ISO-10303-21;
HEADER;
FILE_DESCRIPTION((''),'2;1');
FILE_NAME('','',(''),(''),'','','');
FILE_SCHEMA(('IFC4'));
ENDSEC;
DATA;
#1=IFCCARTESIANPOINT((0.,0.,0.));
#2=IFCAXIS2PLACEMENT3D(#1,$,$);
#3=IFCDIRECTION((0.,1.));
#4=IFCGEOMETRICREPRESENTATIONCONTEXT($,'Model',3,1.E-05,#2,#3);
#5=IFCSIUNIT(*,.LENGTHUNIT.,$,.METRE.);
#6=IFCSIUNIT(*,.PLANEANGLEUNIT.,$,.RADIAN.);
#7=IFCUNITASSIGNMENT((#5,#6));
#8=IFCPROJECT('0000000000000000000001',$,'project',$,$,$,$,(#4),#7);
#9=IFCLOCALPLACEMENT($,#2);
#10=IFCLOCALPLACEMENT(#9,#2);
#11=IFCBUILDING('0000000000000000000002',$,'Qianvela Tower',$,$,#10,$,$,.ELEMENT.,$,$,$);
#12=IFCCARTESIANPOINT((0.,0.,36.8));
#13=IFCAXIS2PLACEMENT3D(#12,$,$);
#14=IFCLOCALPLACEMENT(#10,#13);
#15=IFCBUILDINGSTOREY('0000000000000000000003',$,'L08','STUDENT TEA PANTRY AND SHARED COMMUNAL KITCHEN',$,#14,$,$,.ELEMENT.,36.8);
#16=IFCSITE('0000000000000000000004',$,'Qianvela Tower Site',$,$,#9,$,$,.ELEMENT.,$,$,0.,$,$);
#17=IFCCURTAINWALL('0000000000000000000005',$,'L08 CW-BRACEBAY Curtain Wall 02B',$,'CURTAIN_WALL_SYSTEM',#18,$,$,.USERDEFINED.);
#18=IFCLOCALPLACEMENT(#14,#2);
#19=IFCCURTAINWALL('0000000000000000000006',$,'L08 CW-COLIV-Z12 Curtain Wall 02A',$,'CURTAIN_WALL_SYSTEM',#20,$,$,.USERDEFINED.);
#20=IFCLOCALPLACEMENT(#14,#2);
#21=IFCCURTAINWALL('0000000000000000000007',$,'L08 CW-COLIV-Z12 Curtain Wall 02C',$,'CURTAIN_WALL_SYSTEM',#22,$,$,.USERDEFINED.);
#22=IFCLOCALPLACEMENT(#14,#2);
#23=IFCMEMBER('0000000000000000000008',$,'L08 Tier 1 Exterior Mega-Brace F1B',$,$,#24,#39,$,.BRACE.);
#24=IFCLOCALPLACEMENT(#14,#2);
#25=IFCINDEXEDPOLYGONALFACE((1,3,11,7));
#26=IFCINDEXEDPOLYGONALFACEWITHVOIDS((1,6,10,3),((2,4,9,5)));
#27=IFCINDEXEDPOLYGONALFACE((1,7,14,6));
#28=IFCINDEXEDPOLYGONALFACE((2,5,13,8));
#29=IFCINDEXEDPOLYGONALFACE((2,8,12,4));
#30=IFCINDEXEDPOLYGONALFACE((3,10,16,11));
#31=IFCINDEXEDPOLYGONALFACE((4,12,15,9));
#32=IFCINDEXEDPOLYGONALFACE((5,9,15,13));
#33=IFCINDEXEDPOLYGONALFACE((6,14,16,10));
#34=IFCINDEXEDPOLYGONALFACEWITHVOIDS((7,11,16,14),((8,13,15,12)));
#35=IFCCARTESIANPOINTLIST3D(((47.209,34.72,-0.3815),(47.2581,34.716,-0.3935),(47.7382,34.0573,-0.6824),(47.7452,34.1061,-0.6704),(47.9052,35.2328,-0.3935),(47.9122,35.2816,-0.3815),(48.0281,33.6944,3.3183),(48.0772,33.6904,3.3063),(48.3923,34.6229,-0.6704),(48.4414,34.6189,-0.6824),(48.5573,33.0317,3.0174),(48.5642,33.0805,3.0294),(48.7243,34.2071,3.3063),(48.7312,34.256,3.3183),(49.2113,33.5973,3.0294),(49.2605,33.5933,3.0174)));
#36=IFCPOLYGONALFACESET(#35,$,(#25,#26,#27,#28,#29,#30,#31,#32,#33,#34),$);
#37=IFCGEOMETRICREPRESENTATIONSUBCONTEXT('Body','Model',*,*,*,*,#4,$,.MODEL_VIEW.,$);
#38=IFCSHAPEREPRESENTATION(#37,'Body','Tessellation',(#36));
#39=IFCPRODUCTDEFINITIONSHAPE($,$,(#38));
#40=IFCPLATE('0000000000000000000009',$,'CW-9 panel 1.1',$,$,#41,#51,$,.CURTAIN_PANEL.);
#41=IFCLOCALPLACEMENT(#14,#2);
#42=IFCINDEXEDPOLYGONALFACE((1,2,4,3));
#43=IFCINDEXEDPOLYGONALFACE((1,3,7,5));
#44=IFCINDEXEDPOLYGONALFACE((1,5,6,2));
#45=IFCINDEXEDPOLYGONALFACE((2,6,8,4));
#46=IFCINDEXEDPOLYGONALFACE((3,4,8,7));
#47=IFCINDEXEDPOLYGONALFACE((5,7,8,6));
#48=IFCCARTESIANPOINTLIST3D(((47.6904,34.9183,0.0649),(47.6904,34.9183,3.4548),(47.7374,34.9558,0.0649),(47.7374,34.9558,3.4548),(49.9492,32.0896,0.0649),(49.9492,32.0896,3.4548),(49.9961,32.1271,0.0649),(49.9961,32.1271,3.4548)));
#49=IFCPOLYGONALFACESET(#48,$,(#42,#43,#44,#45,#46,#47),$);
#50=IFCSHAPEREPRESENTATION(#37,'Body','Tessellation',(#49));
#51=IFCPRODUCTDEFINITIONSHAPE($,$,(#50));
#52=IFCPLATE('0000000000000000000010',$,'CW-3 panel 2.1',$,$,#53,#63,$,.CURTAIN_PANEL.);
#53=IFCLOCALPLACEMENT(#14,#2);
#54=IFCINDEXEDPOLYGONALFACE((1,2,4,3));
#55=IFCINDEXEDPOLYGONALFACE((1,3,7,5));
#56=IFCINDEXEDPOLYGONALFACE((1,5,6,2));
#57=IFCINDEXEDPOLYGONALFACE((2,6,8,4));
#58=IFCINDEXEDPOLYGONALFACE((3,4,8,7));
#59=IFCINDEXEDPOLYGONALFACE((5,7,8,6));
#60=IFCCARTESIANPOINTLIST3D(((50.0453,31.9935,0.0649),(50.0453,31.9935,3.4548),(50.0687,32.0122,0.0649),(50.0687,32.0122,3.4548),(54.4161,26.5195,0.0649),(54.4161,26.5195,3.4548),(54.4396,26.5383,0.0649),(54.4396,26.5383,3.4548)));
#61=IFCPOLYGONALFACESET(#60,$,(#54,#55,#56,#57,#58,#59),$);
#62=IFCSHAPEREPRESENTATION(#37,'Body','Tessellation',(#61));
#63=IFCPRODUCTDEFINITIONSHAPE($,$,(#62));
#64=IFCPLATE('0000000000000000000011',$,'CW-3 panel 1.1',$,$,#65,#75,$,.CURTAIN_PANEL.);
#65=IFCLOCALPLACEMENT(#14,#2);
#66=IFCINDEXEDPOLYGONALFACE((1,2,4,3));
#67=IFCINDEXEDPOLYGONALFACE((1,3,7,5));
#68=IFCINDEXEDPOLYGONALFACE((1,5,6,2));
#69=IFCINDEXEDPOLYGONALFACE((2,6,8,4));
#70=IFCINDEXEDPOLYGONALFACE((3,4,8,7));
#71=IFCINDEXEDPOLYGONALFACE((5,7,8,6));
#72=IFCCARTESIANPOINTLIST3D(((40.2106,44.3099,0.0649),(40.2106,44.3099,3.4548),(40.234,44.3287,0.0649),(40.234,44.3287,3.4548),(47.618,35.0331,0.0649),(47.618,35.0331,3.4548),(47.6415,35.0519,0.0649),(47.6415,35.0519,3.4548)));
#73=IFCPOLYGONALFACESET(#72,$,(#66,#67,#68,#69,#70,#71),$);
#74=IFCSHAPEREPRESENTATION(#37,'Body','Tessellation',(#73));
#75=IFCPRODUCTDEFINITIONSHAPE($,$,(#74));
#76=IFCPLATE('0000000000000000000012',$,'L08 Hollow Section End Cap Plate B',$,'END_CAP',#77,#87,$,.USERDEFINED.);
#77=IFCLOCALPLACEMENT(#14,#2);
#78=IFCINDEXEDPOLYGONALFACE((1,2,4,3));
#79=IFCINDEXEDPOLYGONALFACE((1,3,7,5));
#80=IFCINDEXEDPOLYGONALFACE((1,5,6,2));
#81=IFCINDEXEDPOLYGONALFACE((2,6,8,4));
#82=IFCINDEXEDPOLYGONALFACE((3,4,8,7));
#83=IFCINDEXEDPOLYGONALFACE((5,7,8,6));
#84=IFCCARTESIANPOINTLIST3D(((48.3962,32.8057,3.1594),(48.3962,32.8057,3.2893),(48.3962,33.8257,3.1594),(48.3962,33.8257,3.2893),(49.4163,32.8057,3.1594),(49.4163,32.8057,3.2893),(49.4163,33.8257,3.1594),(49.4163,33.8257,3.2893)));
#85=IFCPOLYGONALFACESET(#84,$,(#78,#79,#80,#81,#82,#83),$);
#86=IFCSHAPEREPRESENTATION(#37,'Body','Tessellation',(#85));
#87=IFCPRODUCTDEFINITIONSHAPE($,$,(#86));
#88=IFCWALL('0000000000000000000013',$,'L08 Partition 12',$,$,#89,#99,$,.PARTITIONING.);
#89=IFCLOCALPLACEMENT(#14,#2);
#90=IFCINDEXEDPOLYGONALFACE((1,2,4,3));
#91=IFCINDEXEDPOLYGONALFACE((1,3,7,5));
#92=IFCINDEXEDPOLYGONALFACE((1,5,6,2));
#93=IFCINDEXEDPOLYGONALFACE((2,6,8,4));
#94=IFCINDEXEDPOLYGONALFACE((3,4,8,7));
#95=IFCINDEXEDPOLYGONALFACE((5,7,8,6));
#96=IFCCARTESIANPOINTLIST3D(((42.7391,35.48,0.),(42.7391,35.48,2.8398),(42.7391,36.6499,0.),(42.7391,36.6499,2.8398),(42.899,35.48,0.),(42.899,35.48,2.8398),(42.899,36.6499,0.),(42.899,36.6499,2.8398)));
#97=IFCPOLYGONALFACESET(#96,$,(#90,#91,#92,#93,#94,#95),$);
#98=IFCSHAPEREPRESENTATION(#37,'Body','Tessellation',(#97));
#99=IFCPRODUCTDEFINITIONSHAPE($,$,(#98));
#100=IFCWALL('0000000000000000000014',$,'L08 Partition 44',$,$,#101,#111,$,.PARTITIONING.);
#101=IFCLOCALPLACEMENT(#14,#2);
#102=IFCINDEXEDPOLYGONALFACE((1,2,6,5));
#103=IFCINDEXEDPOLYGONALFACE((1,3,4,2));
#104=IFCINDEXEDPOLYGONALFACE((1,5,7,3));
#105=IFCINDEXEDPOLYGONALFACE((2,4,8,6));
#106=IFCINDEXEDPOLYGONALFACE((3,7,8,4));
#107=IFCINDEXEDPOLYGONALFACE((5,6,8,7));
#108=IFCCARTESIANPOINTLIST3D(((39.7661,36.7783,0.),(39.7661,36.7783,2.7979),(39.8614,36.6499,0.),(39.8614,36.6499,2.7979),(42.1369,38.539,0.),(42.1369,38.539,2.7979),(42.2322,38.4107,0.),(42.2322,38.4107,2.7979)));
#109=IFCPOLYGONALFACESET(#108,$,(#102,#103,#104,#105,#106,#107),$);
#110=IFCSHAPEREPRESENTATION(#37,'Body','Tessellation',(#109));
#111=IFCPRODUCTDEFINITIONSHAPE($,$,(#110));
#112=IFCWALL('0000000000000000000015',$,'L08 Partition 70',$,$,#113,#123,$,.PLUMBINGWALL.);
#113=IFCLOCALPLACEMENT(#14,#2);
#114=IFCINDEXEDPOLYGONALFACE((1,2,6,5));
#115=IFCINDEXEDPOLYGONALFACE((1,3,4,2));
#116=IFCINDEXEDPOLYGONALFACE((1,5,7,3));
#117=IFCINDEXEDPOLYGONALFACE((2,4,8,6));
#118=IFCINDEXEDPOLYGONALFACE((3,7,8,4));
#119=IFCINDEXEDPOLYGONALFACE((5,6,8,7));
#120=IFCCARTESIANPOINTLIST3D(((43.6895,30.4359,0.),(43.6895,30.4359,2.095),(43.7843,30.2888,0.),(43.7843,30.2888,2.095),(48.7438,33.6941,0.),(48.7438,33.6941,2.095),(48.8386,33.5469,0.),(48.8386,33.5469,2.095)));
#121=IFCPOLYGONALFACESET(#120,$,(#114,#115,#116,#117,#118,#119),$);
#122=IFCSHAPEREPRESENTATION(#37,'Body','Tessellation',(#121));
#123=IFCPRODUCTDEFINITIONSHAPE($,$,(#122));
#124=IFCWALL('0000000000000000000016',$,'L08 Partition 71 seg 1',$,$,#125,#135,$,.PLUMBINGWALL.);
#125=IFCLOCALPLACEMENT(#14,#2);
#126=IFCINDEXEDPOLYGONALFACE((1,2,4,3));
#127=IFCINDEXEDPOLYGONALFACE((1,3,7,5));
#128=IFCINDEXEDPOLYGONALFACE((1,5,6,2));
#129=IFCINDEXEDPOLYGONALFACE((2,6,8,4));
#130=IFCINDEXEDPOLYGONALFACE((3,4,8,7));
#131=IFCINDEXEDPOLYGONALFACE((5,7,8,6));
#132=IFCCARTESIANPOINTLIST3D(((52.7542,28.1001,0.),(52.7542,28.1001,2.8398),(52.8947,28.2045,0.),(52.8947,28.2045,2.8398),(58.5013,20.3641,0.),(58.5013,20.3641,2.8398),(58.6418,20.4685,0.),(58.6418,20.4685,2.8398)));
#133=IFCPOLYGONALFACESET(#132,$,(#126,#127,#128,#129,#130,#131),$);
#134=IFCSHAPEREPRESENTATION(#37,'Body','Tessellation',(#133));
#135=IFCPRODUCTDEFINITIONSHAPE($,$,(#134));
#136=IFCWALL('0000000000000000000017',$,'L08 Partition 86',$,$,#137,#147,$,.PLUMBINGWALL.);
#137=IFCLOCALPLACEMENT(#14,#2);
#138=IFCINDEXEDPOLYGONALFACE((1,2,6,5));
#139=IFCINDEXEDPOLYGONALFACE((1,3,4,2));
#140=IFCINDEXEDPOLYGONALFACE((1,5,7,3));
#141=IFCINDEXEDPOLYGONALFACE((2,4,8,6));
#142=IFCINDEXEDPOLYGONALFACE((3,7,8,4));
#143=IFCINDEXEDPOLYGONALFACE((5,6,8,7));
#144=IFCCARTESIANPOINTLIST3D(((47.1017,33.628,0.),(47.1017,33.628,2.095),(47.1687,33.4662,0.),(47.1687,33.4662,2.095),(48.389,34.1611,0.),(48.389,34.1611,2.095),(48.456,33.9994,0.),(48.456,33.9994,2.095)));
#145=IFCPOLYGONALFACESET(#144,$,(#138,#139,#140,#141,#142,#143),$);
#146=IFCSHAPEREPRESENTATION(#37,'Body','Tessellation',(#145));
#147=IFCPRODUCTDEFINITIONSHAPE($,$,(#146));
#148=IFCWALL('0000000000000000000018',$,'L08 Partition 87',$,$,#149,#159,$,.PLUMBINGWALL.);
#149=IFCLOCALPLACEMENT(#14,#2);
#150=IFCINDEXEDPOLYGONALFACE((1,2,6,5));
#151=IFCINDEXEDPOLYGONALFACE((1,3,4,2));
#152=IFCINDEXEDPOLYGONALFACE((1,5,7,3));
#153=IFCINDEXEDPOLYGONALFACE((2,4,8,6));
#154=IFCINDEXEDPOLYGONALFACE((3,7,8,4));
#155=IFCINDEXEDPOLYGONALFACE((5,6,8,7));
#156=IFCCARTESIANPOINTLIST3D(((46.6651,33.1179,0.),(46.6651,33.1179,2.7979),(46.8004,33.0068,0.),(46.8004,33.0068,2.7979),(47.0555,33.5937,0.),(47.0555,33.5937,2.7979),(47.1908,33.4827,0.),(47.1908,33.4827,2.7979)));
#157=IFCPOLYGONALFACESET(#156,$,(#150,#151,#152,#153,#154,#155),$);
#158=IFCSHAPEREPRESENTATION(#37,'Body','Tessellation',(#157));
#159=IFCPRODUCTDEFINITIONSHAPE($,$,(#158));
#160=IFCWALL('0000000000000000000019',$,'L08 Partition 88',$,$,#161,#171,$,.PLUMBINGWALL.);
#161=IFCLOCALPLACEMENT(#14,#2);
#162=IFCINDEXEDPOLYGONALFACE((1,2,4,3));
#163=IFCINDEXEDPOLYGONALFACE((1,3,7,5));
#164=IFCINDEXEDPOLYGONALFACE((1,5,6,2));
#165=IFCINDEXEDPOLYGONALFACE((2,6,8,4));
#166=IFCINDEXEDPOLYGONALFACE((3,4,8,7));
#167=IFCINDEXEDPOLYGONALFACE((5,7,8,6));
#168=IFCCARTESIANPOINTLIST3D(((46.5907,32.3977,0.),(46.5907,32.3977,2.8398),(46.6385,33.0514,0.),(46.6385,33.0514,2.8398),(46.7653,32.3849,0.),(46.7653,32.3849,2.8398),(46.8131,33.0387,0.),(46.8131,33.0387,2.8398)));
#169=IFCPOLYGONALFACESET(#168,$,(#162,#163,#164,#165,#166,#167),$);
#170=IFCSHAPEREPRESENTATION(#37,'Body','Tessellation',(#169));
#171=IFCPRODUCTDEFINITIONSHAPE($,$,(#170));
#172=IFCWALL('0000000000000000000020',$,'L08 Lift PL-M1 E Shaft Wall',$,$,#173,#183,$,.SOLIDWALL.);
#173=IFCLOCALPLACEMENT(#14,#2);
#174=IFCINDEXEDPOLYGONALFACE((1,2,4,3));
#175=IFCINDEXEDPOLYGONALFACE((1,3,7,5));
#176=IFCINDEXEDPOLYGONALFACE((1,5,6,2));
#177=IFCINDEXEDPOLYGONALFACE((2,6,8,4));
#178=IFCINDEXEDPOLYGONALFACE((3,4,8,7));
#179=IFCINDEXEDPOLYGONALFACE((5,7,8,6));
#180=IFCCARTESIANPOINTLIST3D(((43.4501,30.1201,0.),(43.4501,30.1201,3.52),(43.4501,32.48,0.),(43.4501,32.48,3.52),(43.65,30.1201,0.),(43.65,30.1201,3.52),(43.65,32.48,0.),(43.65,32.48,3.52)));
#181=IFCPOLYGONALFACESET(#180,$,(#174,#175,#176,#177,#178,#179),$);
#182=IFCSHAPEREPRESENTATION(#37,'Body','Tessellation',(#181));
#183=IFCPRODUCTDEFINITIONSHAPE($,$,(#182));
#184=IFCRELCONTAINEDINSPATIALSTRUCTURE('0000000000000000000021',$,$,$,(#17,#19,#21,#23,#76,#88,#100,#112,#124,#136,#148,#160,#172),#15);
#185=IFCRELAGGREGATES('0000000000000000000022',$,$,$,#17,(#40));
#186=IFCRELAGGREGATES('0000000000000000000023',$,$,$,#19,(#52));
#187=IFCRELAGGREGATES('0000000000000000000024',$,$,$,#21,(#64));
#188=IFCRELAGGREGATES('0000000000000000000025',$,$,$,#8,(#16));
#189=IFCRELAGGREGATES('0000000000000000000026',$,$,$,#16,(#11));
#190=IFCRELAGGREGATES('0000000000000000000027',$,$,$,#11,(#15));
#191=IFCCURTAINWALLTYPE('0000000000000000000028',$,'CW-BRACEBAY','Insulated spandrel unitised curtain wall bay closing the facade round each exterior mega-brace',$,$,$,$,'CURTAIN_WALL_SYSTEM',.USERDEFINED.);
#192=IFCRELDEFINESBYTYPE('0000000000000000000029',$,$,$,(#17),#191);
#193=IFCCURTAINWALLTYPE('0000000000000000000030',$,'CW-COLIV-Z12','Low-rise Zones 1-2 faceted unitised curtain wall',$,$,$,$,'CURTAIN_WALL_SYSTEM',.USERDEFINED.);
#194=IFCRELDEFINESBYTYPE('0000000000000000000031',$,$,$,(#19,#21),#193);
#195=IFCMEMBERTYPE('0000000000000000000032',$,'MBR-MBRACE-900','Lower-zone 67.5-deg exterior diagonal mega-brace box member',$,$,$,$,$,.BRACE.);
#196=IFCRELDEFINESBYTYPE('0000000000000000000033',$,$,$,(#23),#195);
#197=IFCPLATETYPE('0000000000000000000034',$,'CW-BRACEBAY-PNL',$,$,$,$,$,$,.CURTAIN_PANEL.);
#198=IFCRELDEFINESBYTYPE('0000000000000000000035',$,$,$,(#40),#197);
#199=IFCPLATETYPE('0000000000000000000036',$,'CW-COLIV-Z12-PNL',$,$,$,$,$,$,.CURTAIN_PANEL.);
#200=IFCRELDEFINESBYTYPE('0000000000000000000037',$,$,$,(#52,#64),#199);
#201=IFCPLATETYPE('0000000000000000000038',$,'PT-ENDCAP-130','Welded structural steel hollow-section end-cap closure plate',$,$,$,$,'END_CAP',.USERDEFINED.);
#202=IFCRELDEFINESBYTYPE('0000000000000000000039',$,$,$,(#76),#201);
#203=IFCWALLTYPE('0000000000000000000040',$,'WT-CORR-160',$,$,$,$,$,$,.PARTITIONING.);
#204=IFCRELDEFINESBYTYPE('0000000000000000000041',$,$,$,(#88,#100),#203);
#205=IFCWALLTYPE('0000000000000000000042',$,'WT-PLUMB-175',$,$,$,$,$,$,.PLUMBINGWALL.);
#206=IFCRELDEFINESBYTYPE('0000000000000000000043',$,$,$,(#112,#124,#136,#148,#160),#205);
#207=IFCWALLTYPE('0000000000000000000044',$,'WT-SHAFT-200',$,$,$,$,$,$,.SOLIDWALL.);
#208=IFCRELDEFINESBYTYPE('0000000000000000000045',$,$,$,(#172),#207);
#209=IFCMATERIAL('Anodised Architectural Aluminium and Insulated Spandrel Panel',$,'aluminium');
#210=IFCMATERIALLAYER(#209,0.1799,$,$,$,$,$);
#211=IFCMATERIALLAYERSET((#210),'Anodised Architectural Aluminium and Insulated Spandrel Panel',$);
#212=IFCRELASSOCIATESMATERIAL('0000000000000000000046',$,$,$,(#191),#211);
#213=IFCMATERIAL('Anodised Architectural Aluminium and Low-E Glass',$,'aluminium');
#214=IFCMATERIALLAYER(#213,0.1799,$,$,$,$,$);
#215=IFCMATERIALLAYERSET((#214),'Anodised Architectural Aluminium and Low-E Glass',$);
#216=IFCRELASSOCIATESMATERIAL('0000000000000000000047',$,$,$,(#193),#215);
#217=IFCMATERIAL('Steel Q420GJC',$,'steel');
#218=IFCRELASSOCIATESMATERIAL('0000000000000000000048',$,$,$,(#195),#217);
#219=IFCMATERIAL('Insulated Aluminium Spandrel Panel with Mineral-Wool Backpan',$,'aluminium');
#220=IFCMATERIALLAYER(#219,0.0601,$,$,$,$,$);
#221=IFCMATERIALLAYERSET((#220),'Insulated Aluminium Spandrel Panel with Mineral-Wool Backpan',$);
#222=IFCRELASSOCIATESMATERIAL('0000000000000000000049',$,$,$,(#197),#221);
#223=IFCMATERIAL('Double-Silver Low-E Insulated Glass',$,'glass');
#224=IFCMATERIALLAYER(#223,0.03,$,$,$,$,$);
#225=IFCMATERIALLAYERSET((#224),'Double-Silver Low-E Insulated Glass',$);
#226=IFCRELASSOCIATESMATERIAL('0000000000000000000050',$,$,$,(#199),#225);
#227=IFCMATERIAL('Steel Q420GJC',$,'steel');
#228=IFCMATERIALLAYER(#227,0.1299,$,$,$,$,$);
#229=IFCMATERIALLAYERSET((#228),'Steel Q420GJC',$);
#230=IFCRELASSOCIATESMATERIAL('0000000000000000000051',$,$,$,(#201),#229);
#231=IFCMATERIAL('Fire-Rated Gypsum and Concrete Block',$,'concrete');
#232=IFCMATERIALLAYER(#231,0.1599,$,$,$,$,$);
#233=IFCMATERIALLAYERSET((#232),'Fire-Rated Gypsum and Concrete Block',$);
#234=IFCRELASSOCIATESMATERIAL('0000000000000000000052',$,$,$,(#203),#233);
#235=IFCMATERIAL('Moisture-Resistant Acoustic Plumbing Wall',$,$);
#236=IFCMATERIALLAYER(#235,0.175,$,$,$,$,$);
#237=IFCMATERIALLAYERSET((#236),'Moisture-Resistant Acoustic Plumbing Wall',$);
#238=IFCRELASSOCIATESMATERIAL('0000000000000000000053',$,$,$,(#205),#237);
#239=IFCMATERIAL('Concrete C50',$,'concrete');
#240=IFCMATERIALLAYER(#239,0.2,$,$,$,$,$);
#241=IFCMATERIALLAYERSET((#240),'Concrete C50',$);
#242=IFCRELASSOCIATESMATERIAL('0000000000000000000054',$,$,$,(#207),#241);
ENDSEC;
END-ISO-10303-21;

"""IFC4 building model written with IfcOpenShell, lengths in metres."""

from ifc_helpers import new_model, si_unit, direction, frame, frame_2d, origin, origin_2d, place, context, subcontext, project, spatial, rectangle, hollow_rectangle, extrude, material, layer, layer_set, material_profile, profile_set, type_object, element, aggregate, save


model = new_model("IFC4")

# Units and contexts
model_context = context("Model", 3, precision=1e-05, world=origin(), true_north=direction((0.0, 1.0)))
body_context = subcontext(model_context, "Body", "Model", "MODEL_VIEW")
ifc_project = project(units=[si_unit("LENGTHUNIT", "METRE"), si_unit("PLANEANGLEUNIT", "RADIAN")], contexts=[model_context])

# Site, building, storey
site_placement = place(None, origin())
site = spatial("IfcSite", under=ifc_project, at=site_placement, Name="Qianvela Tower Site", CompositionType="ELEMENT", RefElevation=0.0)
building_placement = place(site_placement, origin())
building = spatial("IfcBuilding", under=site, at=building_placement, Name="Qianvela Tower", CompositionType="ELEMENT")
storey_placement = place(building_placement, frame((0.0, 0.0, 36.8)))
storey = spatial("IfcBuildingStorey", under=building, at=storey_placement, Name="L08", Description="STUDENT TEA PANTRY AND SHARED COMMUNAL KITCHEN", CompositionType="ELEMENT", Elevation=36.8)

# Curtain wall
ifc_material_1 = material(Name="Anodised Architectural Aluminium and Insulated Spandrel Panel", Category="aluminium")
ifc_layer_1 = layer(ifc_material_1, 0.1799)
ifc_layer_set_1 = layer_set([ifc_layer_1], Name="Anodised Architectural Aluminium and Insulated Spandrel Panel")
curtain_wall_type_1 = type_object("IfcCurtainWallType", Name="CW-BRACEBAY", Description="Insulated spandrel unitised curtain wall bay closing the facade round each exterior mega-brace", ElementType="CURTAIN_WALL_SYSTEM", PredefinedType="USERDEFINED", material=ifc_layer_set_1)
curtain_wall_1_placement = place(storey_placement, origin())
curtain_wall_1 = element("IfcCurtainWall", 1, at=curtain_wall_1_placement, inside=storey, type_object=curtain_wall_type_1, Name="L08 CW-BRACEBAY Curtain Wall 02B", ObjectType="CURTAIN_WALL_SYSTEM", PredefinedType="USERDEFINED")

# Curtain wall
ifc_material_2 = material(Name="Anodised Architectural Aluminium and Low-E Glass", Category="aluminium")
ifc_layer_2 = layer(ifc_material_2, 0.1799)
ifc_layer_set_2 = layer_set([ifc_layer_2], Name="Anodised Architectural Aluminium and Low-E Glass")
curtain_wall_type_2 = type_object("IfcCurtainWallType", Name="CW-COLIV-Z12", Description="Low-rise Zones 1-2 faceted unitised curtain wall", ElementType="CURTAIN_WALL_SYSTEM", PredefinedType="USERDEFINED", material=ifc_layer_set_2)
curtain_wall_2_placement = place(storey_placement, origin())
curtain_wall_2 = element("IfcCurtainWall", 2, at=curtain_wall_2_placement, inside=storey, type_object=curtain_wall_type_2, Name="L08 CW-COLIV-Z12 Curtain Wall 02A", ObjectType="CURTAIN_WALL_SYSTEM", PredefinedType="USERDEFINED")

# Curtain wall
curtain_wall_3_placement = place(storey_placement, origin())
curtain_wall_3 = element("IfcCurtainWall", 3, at=curtain_wall_3_placement, inside=storey, type_object=curtain_wall_type_2, Name="L08 CW-COLIV-Z12 Curtain Wall 02C", ObjectType="CURTAIN_WALL_SYSTEM", PredefinedType="USERDEFINED")

# Member
ifc_material_3 = material(Name="Steel Q420GJC", Category="steel")
ifc_material_profile_1 = material_profile(ifc_material_3, hollow_rectangle(XDim=0.8999, YDim=0.8999, WallThickness=0.0359, at=origin_2d()), Name="MBOX-900x900x36")
ifc_profile_set_1 = profile_set([ifc_material_profile_1], Name="Steel Q420GJC")
member_type_1 = type_object("IfcMemberType", Name="MBR-MBRACE-900", Description="Lower-zone 67.5-deg exterior diagonal mega-brace box member", PredefinedType="BRACE", material=ifc_profile_set_1)
member_1_placement = place(storey_placement, frame((47.8252, 34.6694, -0.532), z_axis=(0.208639, -0.26125, 0.942453), x_axis=(0.781395, 0.624037, 0.0)))
element("IfcMember", 4, at=member_1_placement, inside=storey, type_object=member_type_1, Name="L08 Tier 1 Exterior Mega-Brace F1B", PredefinedType="BRACE", context=body_context, shape_type="SweptSolid", body=[
    extrude(hollow_rectangle(XDim=0.8999, YDim=0.8999, WallThickness=0.0359, at=origin_2d()), origin(), (0.0, 0.0, 1.0), 3.9258),
])

# Plates
ifc_material_4 = material(Name="Insulated Aluminium Spandrel Panel with Mineral-Wool Backpan", Category="aluminium")
ifc_layer_3 = layer(ifc_material_4, 0.0601)
ifc_layer_set_3 = layer_set([ifc_layer_3], Name="Insulated Aluminium Spandrel Panel with Mineral-Wool Backpan")
plate_type_1 = type_object("IfcPlateType", Name="CW-BRACEBAY-PNL", PredefinedType="CURTAIN_PANEL", material=ifc_layer_set_3)
plate_1_placement = place(storey_placement, frame((48.8433, 33.5227, 0.0649), z_axis=(0.0, 0.0, 1.0), x_axis=(-0.623976, 0.781443, 0.0)))
plate_1 = element("IfcPlate", 5, at=plate_1_placement, type_object=plate_type_1, Name="CW-9 panel 1.1", PredefinedType="CURTAIN_PANEL", context=body_context, shape_type="SweptSolid", body=[
    extrude(rectangle(XDim=3.6199, YDim=0.0601, at=origin_2d()), origin(), (0.0, 0.0, 1.0), 3.3899),
])
aggregate(curtain_wall_1, [plate_1])
ifc_material_5 = material(Name="Double-Silver Low-E Insulated Glass", Category="glass")
ifc_layer_4 = layer(ifc_material_5, 0.03)
ifc_layer_set_4 = layer_set([ifc_layer_4], Name="Double-Silver Low-E Insulated Glass")
plate_type_2 = type_object("IfcPlateType", Name="CW-COLIV-Z12-PNL", PredefinedType="CURTAIN_PANEL", material=ifc_layer_set_4)
plate_2_placement = place(storey_placement, frame((52.2424, 29.2659, 0.0649), z_axis=(0.0, 0.0, 1.0), x_axis=(-0.623975, 0.781444, 0.0)))
plate_2 = element("IfcPlate", 6, at=plate_2_placement, type_object=plate_type_2, Name="CW-3 panel 2.1", PredefinedType="CURTAIN_PANEL", context=body_context, shape_type="SweptSolid", body=[
    extrude(rectangle(XDim=7.0049, YDim=0.03, at=origin_2d()), origin(), (0.0, 0.0, 1.0), 3.3899),
])
aggregate(curtain_wall_2, [plate_2])
plate_3_placement = place(storey_placement, frame((43.926, 39.6809, 0.0649), z_axis=(0.0, 0.0, 1.0), x_axis=(-0.623975, 0.781444, 0.0)))
plate_3 = element("IfcPlate", 7, at=plate_3_placement, type_object=plate_type_2, Name="CW-3 panel 1.1", PredefinedType="CURTAIN_PANEL", context=body_context, shape_type="SweptSolid", body=[
    extrude(rectangle(XDim=11.8713, YDim=0.03, at=origin_2d()), origin(), (0.0, 0.0, 1.0), 3.3899),
])
aggregate(curtain_wall_3, [plate_3])
ifc_material_6 = material(Name="Steel Q420GJC", Category="steel")
ifc_layer_5 = layer(ifc_material_6, 0.1299)
ifc_layer_set_5 = layer_set([ifc_layer_5], Name="Steel Q420GJC")
plate_type_3 = type_object("IfcPlateType", Name="PT-ENDCAP-130", Description="Welded structural steel hollow-section end-cap closure plate", ElementType="END_CAP", PredefinedType="USERDEFINED", material=ifc_layer_set_5)
plate_4_placement = place(storey_placement, frame((48.9062, 33.3157, 3.1594), z_axis=(0.0, 0.0, 1.0), x_axis=(1.0, 0.0, 0.0)))
element("IfcPlate", 8, at=plate_4_placement, inside=storey, type_object=plate_type_3, Name="L08 Hollow Section End Cap Plate B", ObjectType="END_CAP", PredefinedType="USERDEFINED", context=body_context, shape_type="SweptSolid", body=[
    extrude(rectangle(XDim=1.02, YDim=1.02, at=origin_2d()), origin(), (0.0, 0.0, 1.0), 0.1299),
])

# Walls
ifc_material_7 = material(Name="Fire-Rated Gypsum and Concrete Block", Category="concrete")
ifc_layer_6 = layer(ifc_material_7, 0.1599)
ifc_layer_set_6 = layer_set([ifc_layer_6], Name="Fire-Rated Gypsum and Concrete Block")
wall_type_1 = type_object("IfcWallType", Name="WT-CORR-160", PredefinedType="PARTITIONING", material=ifc_layer_set_6)
wall_1_placement = place(storey_placement, frame((42.8191, 36.6499, 0.0), z_axis=(0.0, 0.0, 1.0), x_axis=(0.0, -1.0, 0.0)))
element("IfcWall", 9, at=wall_1_placement, inside=storey, type_object=wall_type_1, Name="L08 Partition 12", PredefinedType="PARTITIONING", context=body_context, shape_type="SweptSolid", body=[
    extrude(rectangle(XDim=1.1699, YDim=0.1599, at=frame_2d((0.585, 0.0))), origin(), (0.0, 0.0, 1.0), 2.8398),
])
wall_2_placement = place(storey_placement, frame((42.1846, 38.4749, 0.0), z_axis=(0.0, 0.0, 1.0), x_axis=(-0.802818, -0.596224, 0.0)))
element("IfcWall", 10, at=wall_2_placement, inside=storey, type_object=wall_type_1, Name="L08 Partition 44", PredefinedType="PARTITIONING", context=body_context, shape_type="SweptSolid", body=[
    extrude(rectangle(XDim=2.9531, YDim=0.1599, at=frame_2d((1.4766, 0.0))), origin(), (0.0, 0.0, 1.0), 2.7979),
])
ifc_material_8 = material(Name="Moisture-Resistant Acoustic Plumbing Wall")
ifc_layer_7 = layer(ifc_material_8, 0.175)
ifc_layer_set_7 = layer_set([ifc_layer_7], Name="Moisture-Resistant Acoustic Plumbing Wall")
wall_type_2 = type_object("IfcWallType", Name="WT-PLUMB-175", PredefinedType="PLUMBINGWALL", material=ifc_layer_set_7)
wall_3_placement = place(storey_placement, frame((43.7368, 30.3623, 0.0), z_axis=(0.0, 0.0, 1.0), x_axis=(0.840502, 0.541808, 0.0)))
element("IfcWall", 11, at=wall_3_placement, inside=storey, type_object=wall_type_2, Name="L08 Partition 70", PredefinedType="PLUMBINGWALL", context=body_context, shape_type="SweptSolid", body=[
    extrude(rectangle(XDim=6.0134, YDim=0.175, at=frame_2d((3.0068, 0.0))), origin(), (0.0, 0.0, 1.0), 2.095),
])
wall_4_placement = place(storey_placement, frame((52.8245, 28.1523, 0.0), z_axis=(0.0, 0.0, 1.0), x_axis=(0.596342, -0.802731, 0.0)))
element("IfcWall", 12, at=wall_4_placement, inside=storey, type_object=wall_type_2, Name="L08 Partition 71 seg 1", PredefinedType="PLUMBINGWALL", context=body_context, shape_type="SweptSolid", body=[
    extrude(rectangle(XDim=9.6372, YDim=0.175, at=frame_2d((4.8186, 0.0))), origin(), (0.0, 0.0, 1.0), 2.8398),
])
wall_5_placement = place(storey_placement, frame((48.4226, 34.0803, 0.0), z_axis=(0.0, 0.0, 1.0), x_axis=(-0.923889, -0.382661, 0.0)))
element("IfcWall", 13, at=wall_5_placement, inside=storey, type_object=wall_type_2, Name="L08 Partition 86", PredefinedType="PLUMBINGWALL", context=body_context, shape_type="SweptSolid", body=[
    extrude(rectangle(XDim=1.3933, YDim=0.175, at=frame_2d((0.6968, 0.0))), origin(), (0.0, 0.0, 1.0), 2.095),
])
wall_6_placement = place(storey_placement, frame((47.123, 33.5381, 0.0), z_axis=(0.0, 0.0, 1.0), x_axis=(-0.634274, -0.773108, 0.0)))
element("IfcWall", 14, at=wall_6_placement, inside=storey, type_object=wall_type_2, Name="L08 Partition 87", PredefinedType="PLUMBINGWALL", context=body_context, shape_type="SweptSolid", body=[
    extrude(rectangle(XDim=0.6155, YDim=0.175, at=frame_2d((0.3076, 0.0))), origin(), (0.0, 0.0, 1.0), 2.7979),
])
wall_7_placement = place(storey_placement, frame((46.7258, 33.0449, 0.0), z_axis=(0.0, 0.0, 1.0), x_axis=(-0.072994, -0.997332, 0.0)))
element("IfcWall", 15, at=wall_7_placement, inside=storey, type_object=wall_type_2, Name="L08 Partition 88", PredefinedType="PLUMBINGWALL", context=body_context, shape_type="SweptSolid", body=[
    extrude(rectangle(XDim=0.6555, YDim=0.175, at=frame_2d((0.3276, 0.0))), origin(), (0.0, 0.0, 1.0), 2.8398),
])
ifc_material_9 = material(Name="Concrete C50", Category="concrete")
ifc_layer_8 = layer(ifc_material_9, 0.2)
ifc_layer_set_8 = layer_set([ifc_layer_8], Name="Concrete C50")
wall_type_3 = type_object("IfcWallType", Name="WT-SHAFT-200", PredefinedType="SOLIDWALL", material=ifc_layer_set_8)
wall_8_placement = place(storey_placement, frame((43.55, 30.1201, 0.0), z_axis=(0.0, 0.0, 1.0), x_axis=(0.0, 1.0, 0.0)))
element("IfcWall", 16, at=wall_8_placement, inside=storey, type_object=wall_type_3, Name="L08 Lift PL-M1 E Shaft Wall", PredefinedType="SOLIDWALL", context=body_context, shape_type="SweptSolid", body=[
    extrude(rectangle(XDim=2.3599, YDim=0.2, at=frame_2d((1.1799, 0.0))), origin(), (0.0, 0.0, 1.0), 3.52),
])

save(model, "model.ifc")
